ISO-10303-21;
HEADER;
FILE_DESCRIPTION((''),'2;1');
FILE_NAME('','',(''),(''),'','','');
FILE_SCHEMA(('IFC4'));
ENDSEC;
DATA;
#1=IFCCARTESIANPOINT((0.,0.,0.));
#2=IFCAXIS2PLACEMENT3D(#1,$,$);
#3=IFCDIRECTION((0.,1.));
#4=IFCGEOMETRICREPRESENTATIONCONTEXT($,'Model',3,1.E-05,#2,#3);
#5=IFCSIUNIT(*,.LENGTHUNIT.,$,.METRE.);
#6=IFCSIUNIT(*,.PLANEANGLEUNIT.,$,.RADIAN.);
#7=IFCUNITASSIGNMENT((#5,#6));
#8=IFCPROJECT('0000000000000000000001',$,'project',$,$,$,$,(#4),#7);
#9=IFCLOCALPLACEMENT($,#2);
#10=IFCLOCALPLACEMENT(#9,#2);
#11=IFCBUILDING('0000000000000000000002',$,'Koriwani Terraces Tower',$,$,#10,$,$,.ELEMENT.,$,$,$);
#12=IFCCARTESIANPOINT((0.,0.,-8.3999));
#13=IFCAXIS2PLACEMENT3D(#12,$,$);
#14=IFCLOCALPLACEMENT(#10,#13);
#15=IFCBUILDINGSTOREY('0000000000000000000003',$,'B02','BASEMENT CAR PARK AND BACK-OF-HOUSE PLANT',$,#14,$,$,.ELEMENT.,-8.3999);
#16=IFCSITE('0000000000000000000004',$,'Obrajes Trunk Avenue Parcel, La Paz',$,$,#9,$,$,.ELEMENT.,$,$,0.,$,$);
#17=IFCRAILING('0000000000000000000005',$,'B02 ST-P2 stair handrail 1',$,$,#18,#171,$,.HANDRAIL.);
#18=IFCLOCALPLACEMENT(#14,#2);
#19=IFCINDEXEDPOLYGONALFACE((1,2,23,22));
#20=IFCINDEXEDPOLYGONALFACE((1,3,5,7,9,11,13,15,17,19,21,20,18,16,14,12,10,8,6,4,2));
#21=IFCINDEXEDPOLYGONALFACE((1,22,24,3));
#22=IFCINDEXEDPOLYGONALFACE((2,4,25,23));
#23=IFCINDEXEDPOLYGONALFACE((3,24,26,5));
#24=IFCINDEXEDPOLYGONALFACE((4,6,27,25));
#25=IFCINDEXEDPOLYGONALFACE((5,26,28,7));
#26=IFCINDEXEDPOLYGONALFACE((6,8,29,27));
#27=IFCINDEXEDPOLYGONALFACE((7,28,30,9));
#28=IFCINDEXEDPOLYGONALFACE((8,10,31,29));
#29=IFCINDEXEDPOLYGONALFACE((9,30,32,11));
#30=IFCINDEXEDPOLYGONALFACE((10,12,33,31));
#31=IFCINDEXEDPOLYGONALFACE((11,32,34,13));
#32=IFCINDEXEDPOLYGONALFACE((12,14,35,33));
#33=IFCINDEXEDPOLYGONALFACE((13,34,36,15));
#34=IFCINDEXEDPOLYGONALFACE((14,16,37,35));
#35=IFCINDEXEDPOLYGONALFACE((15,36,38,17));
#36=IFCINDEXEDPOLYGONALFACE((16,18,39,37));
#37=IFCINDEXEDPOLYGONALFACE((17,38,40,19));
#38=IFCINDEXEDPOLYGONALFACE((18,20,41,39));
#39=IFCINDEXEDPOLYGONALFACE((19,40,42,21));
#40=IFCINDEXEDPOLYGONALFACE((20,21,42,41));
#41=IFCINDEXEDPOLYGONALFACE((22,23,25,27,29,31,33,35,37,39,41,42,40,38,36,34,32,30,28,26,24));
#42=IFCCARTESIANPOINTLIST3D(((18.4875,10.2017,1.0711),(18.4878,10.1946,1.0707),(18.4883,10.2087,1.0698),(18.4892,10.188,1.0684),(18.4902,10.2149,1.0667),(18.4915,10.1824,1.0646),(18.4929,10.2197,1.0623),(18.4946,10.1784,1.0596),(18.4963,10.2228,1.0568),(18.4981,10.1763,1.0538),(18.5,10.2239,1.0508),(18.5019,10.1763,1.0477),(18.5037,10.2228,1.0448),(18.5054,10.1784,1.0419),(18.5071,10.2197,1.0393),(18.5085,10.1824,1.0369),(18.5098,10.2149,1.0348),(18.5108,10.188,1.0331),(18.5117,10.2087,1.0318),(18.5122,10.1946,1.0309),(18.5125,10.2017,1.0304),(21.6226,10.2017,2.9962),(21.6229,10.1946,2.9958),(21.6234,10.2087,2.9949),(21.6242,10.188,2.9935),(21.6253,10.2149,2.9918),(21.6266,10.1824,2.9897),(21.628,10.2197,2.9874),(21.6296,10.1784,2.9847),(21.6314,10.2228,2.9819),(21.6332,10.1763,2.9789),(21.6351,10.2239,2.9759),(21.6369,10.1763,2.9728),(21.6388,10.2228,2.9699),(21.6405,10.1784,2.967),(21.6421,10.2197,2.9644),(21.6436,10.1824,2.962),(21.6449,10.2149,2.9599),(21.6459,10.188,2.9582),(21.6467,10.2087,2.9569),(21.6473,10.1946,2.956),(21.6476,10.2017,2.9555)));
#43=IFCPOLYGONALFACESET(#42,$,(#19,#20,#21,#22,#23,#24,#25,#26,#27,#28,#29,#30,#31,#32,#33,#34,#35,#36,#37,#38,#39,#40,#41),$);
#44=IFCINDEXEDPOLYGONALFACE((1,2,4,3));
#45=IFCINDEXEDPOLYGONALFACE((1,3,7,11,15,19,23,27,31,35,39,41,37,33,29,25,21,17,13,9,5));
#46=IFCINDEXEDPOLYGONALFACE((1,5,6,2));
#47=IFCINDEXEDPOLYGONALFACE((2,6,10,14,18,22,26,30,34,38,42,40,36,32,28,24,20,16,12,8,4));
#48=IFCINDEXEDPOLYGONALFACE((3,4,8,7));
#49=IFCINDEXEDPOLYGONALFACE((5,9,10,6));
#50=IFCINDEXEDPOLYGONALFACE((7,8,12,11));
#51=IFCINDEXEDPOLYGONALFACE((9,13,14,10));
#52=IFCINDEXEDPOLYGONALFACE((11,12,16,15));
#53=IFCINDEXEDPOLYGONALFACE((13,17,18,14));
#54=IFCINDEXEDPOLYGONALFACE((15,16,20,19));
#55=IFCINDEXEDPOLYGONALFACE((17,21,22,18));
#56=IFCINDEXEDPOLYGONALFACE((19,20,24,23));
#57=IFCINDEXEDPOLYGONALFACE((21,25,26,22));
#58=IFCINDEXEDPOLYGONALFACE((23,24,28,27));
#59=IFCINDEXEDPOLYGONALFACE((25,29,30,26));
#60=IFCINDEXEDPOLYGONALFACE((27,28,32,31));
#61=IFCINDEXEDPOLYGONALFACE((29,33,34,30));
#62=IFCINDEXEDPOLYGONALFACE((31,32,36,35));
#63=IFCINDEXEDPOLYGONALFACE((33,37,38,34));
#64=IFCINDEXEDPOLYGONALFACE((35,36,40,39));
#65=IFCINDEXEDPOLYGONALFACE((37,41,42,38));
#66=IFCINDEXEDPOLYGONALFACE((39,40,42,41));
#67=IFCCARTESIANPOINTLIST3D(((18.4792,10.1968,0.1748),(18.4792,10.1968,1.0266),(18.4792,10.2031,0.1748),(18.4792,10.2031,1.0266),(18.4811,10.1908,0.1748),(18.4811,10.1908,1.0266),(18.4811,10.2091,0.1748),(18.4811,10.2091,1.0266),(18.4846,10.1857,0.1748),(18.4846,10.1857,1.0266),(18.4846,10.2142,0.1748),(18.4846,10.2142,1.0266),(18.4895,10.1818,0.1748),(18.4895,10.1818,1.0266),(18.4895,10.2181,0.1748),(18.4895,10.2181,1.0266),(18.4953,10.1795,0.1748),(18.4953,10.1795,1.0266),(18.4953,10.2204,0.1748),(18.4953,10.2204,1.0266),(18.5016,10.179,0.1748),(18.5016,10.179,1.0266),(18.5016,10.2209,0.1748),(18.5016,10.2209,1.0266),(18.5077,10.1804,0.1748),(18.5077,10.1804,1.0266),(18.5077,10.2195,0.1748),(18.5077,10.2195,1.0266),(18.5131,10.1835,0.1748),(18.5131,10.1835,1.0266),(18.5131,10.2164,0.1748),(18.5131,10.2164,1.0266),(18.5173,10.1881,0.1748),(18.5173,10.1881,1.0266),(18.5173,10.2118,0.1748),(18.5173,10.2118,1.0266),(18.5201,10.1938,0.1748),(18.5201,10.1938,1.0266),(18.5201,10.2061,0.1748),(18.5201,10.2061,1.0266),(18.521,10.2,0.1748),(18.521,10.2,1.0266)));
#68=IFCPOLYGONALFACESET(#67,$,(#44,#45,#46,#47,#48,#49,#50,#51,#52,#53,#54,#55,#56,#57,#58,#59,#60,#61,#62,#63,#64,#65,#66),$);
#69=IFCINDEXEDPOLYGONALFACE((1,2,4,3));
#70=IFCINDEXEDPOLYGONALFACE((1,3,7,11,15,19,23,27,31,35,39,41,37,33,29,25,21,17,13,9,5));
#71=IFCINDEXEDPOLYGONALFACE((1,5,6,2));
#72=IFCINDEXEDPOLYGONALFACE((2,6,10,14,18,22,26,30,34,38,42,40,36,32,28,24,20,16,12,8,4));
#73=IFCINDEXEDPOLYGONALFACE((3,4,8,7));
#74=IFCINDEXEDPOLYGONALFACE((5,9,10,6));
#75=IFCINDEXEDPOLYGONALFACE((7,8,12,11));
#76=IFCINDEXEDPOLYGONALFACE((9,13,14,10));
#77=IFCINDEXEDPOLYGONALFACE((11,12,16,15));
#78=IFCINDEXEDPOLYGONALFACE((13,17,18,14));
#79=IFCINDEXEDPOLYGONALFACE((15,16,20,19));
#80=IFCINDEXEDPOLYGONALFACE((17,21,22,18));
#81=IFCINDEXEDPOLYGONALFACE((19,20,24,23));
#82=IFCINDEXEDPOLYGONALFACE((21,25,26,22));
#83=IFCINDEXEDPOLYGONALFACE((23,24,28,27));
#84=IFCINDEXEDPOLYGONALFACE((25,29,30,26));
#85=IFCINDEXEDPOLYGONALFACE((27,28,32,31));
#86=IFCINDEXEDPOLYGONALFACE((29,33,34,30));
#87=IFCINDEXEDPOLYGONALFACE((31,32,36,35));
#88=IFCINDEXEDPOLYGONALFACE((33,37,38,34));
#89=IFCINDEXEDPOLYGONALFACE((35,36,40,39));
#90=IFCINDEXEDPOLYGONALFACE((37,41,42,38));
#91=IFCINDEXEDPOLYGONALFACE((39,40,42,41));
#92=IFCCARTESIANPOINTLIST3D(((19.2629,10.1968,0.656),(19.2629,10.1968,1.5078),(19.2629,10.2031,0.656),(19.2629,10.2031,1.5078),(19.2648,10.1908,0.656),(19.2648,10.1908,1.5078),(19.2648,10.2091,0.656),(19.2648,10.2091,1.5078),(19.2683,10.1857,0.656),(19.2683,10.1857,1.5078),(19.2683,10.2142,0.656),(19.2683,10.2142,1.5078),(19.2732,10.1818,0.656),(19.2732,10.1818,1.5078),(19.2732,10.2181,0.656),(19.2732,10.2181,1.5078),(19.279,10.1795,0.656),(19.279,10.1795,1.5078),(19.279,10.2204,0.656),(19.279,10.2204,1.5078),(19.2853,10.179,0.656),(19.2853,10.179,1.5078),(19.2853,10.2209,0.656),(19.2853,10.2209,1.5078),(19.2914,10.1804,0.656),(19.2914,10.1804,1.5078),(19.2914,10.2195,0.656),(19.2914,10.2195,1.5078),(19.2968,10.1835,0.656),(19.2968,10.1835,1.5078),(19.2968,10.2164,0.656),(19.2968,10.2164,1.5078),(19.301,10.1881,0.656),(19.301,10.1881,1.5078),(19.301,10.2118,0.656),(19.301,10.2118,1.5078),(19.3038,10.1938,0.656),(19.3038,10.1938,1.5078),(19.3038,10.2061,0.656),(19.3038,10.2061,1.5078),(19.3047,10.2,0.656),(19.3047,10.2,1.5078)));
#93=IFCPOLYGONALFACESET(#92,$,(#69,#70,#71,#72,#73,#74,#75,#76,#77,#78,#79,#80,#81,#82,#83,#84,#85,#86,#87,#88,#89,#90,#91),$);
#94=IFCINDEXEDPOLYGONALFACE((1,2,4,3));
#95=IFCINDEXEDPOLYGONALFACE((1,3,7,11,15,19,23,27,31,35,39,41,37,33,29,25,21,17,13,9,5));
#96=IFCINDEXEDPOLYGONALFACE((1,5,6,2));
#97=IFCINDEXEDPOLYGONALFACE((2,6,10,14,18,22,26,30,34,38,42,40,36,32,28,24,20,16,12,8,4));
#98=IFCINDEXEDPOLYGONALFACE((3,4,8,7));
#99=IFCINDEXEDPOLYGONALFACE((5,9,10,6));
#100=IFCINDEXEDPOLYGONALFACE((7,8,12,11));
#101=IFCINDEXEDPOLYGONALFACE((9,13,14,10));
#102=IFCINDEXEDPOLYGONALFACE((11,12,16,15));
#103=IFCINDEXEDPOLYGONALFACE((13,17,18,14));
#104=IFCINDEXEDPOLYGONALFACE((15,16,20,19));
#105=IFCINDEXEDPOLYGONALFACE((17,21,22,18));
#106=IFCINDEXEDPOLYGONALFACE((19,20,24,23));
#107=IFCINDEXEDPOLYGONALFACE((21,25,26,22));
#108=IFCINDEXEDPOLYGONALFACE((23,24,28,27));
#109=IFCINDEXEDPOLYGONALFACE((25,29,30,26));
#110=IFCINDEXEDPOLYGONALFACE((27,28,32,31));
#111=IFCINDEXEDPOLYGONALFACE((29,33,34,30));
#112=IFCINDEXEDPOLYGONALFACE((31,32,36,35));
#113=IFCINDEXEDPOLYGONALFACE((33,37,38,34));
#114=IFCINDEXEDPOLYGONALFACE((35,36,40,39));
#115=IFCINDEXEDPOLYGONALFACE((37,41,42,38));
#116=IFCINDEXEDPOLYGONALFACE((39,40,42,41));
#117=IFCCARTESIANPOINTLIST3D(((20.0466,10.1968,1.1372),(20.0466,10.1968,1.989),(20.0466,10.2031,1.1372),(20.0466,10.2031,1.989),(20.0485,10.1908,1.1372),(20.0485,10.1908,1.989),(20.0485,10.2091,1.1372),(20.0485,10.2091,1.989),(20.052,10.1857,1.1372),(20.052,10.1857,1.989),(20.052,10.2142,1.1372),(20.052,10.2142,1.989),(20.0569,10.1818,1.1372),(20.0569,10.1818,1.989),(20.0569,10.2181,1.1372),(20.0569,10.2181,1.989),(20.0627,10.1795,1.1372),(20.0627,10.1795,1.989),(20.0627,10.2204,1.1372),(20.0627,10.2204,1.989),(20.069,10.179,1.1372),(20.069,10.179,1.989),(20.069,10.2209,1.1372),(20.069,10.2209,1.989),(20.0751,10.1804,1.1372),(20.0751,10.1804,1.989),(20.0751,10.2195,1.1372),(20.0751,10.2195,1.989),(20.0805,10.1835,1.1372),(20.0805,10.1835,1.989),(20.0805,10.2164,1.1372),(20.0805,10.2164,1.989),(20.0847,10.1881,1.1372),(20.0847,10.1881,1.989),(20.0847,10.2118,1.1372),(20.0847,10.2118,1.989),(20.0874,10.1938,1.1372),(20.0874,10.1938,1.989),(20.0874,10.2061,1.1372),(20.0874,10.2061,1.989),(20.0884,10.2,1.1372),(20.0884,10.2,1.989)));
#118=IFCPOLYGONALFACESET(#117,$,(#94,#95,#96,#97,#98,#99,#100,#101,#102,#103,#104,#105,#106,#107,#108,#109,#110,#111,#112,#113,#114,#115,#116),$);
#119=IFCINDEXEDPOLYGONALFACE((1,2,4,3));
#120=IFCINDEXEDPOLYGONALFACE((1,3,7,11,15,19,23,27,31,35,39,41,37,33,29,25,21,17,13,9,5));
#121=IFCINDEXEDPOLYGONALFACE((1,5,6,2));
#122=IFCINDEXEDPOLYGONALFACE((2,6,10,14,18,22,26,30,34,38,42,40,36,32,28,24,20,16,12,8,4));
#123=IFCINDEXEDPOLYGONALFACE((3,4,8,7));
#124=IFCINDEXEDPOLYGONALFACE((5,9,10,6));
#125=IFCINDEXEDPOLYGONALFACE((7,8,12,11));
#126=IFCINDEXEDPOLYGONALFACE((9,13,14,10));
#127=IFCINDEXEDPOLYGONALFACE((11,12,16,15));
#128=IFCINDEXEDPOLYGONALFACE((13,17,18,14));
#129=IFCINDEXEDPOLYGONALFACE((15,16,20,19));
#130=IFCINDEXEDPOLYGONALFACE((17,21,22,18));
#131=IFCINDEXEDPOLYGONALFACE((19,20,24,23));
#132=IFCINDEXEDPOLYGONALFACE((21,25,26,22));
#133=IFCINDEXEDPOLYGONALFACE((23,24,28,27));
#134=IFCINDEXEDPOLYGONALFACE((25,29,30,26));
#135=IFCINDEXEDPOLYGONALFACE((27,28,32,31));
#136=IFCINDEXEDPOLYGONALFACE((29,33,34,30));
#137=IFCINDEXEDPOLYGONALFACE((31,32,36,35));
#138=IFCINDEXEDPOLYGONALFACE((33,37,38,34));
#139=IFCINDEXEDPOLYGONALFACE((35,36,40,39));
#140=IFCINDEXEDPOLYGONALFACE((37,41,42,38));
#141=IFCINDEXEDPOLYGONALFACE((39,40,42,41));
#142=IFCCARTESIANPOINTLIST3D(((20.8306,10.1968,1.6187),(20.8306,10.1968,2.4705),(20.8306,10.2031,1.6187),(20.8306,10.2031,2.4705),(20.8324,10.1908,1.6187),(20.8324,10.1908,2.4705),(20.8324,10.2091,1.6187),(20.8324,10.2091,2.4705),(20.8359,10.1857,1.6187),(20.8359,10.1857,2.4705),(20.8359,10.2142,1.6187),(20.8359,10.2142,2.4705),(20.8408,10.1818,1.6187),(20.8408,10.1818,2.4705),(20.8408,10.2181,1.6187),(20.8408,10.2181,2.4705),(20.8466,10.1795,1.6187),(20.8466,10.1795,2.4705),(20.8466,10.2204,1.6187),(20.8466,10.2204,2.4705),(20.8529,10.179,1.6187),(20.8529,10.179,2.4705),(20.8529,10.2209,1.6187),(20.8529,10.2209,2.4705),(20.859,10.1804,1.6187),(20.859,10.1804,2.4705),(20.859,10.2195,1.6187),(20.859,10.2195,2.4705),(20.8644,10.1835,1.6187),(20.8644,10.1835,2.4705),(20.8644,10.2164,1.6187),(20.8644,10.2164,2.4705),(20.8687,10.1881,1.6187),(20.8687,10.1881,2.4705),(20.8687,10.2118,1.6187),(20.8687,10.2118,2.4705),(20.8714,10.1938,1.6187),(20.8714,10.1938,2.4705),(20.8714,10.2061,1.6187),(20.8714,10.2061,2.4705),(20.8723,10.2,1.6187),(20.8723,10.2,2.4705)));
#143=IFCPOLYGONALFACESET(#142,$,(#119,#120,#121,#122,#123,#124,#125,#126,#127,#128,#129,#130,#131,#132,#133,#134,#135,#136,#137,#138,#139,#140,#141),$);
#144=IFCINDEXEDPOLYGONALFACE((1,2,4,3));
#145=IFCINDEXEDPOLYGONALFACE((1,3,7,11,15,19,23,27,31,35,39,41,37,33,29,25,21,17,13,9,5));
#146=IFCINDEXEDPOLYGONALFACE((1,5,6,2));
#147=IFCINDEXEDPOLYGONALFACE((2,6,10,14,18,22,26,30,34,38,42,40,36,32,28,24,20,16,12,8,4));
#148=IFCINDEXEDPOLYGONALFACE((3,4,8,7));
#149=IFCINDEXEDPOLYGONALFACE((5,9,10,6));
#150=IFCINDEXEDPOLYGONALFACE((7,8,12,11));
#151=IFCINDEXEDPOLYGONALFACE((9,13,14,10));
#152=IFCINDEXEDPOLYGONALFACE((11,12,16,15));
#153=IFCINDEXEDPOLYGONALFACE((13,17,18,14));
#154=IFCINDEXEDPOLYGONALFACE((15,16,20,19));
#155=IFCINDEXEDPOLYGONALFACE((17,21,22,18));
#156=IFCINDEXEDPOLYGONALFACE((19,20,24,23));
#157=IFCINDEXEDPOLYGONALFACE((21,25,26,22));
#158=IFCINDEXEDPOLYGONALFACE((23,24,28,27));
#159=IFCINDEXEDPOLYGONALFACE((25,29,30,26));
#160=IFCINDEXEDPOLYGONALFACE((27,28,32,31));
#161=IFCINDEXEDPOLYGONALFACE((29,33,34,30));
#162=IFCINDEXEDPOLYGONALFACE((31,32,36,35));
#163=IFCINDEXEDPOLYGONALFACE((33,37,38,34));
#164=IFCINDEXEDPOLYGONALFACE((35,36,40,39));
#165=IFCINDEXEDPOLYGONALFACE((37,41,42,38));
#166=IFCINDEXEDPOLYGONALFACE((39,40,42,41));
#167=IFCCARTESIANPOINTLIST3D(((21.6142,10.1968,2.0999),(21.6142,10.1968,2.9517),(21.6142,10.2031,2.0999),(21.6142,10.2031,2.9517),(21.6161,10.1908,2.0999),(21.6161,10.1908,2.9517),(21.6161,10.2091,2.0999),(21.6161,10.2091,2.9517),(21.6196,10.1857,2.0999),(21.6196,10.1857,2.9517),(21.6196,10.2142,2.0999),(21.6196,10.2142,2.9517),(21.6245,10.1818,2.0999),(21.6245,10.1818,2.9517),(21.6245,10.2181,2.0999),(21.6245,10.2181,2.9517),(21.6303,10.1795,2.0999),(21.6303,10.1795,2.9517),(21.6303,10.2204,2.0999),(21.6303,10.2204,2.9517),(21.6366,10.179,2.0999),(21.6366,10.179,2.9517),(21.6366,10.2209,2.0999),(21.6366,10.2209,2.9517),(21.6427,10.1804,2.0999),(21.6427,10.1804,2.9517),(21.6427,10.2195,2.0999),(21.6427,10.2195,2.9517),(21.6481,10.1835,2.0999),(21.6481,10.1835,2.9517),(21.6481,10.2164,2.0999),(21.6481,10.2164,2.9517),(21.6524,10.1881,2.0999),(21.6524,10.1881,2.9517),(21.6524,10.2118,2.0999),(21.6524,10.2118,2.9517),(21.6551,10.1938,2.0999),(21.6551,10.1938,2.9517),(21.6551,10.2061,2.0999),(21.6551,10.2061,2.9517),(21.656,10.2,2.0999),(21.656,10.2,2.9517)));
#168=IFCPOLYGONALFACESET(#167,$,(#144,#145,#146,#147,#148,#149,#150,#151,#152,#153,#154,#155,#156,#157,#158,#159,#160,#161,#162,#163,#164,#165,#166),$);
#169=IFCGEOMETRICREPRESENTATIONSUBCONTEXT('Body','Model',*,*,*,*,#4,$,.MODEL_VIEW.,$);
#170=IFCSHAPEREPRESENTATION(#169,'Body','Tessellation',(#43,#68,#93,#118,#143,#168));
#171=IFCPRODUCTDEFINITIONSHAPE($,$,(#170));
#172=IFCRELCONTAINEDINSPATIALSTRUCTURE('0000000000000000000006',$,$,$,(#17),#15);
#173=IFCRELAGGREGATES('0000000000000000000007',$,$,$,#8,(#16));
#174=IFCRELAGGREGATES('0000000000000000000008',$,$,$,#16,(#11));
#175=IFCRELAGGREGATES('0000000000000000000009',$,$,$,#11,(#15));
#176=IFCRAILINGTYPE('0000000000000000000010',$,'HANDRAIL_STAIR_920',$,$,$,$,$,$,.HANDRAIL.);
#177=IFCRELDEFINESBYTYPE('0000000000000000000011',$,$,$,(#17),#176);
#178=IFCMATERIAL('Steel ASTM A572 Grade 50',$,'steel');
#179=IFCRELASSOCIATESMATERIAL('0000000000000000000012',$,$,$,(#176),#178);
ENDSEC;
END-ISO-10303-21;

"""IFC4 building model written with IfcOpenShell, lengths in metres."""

from ifc_helpers import new_model, si_unit, direction, frame, origin, origin_2d, place, context, subcontext, project, spatial, circle, extrude, material, type_object, element, save


model = new_model("IFC4")

# Units and contexts
model_context = context("Model", 3, precision=1e-05, world=origin(), true_north=direction((0.0, 1.0)))
body_context = subcontext(model_context, "Body", "Model", "MODEL_VIEW")
ifc_project = project(units=[si_unit("LENGTHUNIT", "METRE"), si_unit("PLANEANGLEUNIT", "RADIAN")], contexts=[model_context])

# Site, building, storey
site_placement = place(None, origin())
site = spatial("IfcSite", under=ifc_project, at=site_placement, Name="Obrajes Trunk Avenue Parcel, La Paz", CompositionType="ELEMENT", RefElevation=0.0)
building_placement = place(site_placement, origin())
building = spatial("IfcBuilding", under=site, at=building_placement, Name="Koriwani Terraces Tower", CompositionType="ELEMENT")
storey_placement = place(building_placement, frame((0.0, 0.0, -8.3999)))
storey = spatial("IfcBuildingStorey", under=building, at=storey_placement, Name="B02", Description="BASEMENT CAR PARK AND BACK-OF-HOUSE PLANT", CompositionType="ELEMENT", Elevation=-8.3999)

# Shared definitions
ifc_material_1 = material(Name="Steel ASTM A572 Grade 50", Category="steel")

# Railing
railing_type_1 = type_object("IfcRailingType", Name="HANDRAIL_STAIR_920", PredefinedType="HANDRAIL", material=ifc_material_1)
railing_1_placement = place(storey_placement, frame((18.5, 10.2, 0.1748)))
element("IfcRailing", 1, at=railing_1_placement, inside=storey, type_object=railing_type_1, Name="B02 ST-P2 stair handrail 1", PredefinedType="HANDRAIL", context=body_context, shape_type="SweptSolid", body=[
    extrude(circle(Radius=0.0239, at=origin_2d()), frame((0.0, 0.0, 0.876), z_axis=(0.852166, 0.0, 0.523271), x_axis=(0.0, 1.0, 0.0)), (0.0, 0.0, 1.0), 3.679),
    extrude(circle(Radius=0.021, at=origin_2d()), origin(), (0.0, 0.0, 1.0), 0.8518),
    extrude(circle(Radius=0.021, at=origin_2d()), frame((0.7837, 0.0, 0.4812)), (0.0, 0.0, 1.0), 0.8518),
    extrude(circle(Radius=0.021, at=origin_2d()), frame((1.5674, 0.0, 0.9624)), (0.0, 0.0, 1.0), 0.8518),
    extrude(circle(Radius=0.021, at=origin_2d()), frame((2.3513, 0.0, 1.4438)), (0.0, 0.0, 1.0), 0.8518),
    extrude(circle(Radius=0.021, at=origin_2d()), frame((3.135, 0.0, 1.925)), (0.0, 0.0, 1.0), 0.8518),
])

save(model, "model.ifc")
